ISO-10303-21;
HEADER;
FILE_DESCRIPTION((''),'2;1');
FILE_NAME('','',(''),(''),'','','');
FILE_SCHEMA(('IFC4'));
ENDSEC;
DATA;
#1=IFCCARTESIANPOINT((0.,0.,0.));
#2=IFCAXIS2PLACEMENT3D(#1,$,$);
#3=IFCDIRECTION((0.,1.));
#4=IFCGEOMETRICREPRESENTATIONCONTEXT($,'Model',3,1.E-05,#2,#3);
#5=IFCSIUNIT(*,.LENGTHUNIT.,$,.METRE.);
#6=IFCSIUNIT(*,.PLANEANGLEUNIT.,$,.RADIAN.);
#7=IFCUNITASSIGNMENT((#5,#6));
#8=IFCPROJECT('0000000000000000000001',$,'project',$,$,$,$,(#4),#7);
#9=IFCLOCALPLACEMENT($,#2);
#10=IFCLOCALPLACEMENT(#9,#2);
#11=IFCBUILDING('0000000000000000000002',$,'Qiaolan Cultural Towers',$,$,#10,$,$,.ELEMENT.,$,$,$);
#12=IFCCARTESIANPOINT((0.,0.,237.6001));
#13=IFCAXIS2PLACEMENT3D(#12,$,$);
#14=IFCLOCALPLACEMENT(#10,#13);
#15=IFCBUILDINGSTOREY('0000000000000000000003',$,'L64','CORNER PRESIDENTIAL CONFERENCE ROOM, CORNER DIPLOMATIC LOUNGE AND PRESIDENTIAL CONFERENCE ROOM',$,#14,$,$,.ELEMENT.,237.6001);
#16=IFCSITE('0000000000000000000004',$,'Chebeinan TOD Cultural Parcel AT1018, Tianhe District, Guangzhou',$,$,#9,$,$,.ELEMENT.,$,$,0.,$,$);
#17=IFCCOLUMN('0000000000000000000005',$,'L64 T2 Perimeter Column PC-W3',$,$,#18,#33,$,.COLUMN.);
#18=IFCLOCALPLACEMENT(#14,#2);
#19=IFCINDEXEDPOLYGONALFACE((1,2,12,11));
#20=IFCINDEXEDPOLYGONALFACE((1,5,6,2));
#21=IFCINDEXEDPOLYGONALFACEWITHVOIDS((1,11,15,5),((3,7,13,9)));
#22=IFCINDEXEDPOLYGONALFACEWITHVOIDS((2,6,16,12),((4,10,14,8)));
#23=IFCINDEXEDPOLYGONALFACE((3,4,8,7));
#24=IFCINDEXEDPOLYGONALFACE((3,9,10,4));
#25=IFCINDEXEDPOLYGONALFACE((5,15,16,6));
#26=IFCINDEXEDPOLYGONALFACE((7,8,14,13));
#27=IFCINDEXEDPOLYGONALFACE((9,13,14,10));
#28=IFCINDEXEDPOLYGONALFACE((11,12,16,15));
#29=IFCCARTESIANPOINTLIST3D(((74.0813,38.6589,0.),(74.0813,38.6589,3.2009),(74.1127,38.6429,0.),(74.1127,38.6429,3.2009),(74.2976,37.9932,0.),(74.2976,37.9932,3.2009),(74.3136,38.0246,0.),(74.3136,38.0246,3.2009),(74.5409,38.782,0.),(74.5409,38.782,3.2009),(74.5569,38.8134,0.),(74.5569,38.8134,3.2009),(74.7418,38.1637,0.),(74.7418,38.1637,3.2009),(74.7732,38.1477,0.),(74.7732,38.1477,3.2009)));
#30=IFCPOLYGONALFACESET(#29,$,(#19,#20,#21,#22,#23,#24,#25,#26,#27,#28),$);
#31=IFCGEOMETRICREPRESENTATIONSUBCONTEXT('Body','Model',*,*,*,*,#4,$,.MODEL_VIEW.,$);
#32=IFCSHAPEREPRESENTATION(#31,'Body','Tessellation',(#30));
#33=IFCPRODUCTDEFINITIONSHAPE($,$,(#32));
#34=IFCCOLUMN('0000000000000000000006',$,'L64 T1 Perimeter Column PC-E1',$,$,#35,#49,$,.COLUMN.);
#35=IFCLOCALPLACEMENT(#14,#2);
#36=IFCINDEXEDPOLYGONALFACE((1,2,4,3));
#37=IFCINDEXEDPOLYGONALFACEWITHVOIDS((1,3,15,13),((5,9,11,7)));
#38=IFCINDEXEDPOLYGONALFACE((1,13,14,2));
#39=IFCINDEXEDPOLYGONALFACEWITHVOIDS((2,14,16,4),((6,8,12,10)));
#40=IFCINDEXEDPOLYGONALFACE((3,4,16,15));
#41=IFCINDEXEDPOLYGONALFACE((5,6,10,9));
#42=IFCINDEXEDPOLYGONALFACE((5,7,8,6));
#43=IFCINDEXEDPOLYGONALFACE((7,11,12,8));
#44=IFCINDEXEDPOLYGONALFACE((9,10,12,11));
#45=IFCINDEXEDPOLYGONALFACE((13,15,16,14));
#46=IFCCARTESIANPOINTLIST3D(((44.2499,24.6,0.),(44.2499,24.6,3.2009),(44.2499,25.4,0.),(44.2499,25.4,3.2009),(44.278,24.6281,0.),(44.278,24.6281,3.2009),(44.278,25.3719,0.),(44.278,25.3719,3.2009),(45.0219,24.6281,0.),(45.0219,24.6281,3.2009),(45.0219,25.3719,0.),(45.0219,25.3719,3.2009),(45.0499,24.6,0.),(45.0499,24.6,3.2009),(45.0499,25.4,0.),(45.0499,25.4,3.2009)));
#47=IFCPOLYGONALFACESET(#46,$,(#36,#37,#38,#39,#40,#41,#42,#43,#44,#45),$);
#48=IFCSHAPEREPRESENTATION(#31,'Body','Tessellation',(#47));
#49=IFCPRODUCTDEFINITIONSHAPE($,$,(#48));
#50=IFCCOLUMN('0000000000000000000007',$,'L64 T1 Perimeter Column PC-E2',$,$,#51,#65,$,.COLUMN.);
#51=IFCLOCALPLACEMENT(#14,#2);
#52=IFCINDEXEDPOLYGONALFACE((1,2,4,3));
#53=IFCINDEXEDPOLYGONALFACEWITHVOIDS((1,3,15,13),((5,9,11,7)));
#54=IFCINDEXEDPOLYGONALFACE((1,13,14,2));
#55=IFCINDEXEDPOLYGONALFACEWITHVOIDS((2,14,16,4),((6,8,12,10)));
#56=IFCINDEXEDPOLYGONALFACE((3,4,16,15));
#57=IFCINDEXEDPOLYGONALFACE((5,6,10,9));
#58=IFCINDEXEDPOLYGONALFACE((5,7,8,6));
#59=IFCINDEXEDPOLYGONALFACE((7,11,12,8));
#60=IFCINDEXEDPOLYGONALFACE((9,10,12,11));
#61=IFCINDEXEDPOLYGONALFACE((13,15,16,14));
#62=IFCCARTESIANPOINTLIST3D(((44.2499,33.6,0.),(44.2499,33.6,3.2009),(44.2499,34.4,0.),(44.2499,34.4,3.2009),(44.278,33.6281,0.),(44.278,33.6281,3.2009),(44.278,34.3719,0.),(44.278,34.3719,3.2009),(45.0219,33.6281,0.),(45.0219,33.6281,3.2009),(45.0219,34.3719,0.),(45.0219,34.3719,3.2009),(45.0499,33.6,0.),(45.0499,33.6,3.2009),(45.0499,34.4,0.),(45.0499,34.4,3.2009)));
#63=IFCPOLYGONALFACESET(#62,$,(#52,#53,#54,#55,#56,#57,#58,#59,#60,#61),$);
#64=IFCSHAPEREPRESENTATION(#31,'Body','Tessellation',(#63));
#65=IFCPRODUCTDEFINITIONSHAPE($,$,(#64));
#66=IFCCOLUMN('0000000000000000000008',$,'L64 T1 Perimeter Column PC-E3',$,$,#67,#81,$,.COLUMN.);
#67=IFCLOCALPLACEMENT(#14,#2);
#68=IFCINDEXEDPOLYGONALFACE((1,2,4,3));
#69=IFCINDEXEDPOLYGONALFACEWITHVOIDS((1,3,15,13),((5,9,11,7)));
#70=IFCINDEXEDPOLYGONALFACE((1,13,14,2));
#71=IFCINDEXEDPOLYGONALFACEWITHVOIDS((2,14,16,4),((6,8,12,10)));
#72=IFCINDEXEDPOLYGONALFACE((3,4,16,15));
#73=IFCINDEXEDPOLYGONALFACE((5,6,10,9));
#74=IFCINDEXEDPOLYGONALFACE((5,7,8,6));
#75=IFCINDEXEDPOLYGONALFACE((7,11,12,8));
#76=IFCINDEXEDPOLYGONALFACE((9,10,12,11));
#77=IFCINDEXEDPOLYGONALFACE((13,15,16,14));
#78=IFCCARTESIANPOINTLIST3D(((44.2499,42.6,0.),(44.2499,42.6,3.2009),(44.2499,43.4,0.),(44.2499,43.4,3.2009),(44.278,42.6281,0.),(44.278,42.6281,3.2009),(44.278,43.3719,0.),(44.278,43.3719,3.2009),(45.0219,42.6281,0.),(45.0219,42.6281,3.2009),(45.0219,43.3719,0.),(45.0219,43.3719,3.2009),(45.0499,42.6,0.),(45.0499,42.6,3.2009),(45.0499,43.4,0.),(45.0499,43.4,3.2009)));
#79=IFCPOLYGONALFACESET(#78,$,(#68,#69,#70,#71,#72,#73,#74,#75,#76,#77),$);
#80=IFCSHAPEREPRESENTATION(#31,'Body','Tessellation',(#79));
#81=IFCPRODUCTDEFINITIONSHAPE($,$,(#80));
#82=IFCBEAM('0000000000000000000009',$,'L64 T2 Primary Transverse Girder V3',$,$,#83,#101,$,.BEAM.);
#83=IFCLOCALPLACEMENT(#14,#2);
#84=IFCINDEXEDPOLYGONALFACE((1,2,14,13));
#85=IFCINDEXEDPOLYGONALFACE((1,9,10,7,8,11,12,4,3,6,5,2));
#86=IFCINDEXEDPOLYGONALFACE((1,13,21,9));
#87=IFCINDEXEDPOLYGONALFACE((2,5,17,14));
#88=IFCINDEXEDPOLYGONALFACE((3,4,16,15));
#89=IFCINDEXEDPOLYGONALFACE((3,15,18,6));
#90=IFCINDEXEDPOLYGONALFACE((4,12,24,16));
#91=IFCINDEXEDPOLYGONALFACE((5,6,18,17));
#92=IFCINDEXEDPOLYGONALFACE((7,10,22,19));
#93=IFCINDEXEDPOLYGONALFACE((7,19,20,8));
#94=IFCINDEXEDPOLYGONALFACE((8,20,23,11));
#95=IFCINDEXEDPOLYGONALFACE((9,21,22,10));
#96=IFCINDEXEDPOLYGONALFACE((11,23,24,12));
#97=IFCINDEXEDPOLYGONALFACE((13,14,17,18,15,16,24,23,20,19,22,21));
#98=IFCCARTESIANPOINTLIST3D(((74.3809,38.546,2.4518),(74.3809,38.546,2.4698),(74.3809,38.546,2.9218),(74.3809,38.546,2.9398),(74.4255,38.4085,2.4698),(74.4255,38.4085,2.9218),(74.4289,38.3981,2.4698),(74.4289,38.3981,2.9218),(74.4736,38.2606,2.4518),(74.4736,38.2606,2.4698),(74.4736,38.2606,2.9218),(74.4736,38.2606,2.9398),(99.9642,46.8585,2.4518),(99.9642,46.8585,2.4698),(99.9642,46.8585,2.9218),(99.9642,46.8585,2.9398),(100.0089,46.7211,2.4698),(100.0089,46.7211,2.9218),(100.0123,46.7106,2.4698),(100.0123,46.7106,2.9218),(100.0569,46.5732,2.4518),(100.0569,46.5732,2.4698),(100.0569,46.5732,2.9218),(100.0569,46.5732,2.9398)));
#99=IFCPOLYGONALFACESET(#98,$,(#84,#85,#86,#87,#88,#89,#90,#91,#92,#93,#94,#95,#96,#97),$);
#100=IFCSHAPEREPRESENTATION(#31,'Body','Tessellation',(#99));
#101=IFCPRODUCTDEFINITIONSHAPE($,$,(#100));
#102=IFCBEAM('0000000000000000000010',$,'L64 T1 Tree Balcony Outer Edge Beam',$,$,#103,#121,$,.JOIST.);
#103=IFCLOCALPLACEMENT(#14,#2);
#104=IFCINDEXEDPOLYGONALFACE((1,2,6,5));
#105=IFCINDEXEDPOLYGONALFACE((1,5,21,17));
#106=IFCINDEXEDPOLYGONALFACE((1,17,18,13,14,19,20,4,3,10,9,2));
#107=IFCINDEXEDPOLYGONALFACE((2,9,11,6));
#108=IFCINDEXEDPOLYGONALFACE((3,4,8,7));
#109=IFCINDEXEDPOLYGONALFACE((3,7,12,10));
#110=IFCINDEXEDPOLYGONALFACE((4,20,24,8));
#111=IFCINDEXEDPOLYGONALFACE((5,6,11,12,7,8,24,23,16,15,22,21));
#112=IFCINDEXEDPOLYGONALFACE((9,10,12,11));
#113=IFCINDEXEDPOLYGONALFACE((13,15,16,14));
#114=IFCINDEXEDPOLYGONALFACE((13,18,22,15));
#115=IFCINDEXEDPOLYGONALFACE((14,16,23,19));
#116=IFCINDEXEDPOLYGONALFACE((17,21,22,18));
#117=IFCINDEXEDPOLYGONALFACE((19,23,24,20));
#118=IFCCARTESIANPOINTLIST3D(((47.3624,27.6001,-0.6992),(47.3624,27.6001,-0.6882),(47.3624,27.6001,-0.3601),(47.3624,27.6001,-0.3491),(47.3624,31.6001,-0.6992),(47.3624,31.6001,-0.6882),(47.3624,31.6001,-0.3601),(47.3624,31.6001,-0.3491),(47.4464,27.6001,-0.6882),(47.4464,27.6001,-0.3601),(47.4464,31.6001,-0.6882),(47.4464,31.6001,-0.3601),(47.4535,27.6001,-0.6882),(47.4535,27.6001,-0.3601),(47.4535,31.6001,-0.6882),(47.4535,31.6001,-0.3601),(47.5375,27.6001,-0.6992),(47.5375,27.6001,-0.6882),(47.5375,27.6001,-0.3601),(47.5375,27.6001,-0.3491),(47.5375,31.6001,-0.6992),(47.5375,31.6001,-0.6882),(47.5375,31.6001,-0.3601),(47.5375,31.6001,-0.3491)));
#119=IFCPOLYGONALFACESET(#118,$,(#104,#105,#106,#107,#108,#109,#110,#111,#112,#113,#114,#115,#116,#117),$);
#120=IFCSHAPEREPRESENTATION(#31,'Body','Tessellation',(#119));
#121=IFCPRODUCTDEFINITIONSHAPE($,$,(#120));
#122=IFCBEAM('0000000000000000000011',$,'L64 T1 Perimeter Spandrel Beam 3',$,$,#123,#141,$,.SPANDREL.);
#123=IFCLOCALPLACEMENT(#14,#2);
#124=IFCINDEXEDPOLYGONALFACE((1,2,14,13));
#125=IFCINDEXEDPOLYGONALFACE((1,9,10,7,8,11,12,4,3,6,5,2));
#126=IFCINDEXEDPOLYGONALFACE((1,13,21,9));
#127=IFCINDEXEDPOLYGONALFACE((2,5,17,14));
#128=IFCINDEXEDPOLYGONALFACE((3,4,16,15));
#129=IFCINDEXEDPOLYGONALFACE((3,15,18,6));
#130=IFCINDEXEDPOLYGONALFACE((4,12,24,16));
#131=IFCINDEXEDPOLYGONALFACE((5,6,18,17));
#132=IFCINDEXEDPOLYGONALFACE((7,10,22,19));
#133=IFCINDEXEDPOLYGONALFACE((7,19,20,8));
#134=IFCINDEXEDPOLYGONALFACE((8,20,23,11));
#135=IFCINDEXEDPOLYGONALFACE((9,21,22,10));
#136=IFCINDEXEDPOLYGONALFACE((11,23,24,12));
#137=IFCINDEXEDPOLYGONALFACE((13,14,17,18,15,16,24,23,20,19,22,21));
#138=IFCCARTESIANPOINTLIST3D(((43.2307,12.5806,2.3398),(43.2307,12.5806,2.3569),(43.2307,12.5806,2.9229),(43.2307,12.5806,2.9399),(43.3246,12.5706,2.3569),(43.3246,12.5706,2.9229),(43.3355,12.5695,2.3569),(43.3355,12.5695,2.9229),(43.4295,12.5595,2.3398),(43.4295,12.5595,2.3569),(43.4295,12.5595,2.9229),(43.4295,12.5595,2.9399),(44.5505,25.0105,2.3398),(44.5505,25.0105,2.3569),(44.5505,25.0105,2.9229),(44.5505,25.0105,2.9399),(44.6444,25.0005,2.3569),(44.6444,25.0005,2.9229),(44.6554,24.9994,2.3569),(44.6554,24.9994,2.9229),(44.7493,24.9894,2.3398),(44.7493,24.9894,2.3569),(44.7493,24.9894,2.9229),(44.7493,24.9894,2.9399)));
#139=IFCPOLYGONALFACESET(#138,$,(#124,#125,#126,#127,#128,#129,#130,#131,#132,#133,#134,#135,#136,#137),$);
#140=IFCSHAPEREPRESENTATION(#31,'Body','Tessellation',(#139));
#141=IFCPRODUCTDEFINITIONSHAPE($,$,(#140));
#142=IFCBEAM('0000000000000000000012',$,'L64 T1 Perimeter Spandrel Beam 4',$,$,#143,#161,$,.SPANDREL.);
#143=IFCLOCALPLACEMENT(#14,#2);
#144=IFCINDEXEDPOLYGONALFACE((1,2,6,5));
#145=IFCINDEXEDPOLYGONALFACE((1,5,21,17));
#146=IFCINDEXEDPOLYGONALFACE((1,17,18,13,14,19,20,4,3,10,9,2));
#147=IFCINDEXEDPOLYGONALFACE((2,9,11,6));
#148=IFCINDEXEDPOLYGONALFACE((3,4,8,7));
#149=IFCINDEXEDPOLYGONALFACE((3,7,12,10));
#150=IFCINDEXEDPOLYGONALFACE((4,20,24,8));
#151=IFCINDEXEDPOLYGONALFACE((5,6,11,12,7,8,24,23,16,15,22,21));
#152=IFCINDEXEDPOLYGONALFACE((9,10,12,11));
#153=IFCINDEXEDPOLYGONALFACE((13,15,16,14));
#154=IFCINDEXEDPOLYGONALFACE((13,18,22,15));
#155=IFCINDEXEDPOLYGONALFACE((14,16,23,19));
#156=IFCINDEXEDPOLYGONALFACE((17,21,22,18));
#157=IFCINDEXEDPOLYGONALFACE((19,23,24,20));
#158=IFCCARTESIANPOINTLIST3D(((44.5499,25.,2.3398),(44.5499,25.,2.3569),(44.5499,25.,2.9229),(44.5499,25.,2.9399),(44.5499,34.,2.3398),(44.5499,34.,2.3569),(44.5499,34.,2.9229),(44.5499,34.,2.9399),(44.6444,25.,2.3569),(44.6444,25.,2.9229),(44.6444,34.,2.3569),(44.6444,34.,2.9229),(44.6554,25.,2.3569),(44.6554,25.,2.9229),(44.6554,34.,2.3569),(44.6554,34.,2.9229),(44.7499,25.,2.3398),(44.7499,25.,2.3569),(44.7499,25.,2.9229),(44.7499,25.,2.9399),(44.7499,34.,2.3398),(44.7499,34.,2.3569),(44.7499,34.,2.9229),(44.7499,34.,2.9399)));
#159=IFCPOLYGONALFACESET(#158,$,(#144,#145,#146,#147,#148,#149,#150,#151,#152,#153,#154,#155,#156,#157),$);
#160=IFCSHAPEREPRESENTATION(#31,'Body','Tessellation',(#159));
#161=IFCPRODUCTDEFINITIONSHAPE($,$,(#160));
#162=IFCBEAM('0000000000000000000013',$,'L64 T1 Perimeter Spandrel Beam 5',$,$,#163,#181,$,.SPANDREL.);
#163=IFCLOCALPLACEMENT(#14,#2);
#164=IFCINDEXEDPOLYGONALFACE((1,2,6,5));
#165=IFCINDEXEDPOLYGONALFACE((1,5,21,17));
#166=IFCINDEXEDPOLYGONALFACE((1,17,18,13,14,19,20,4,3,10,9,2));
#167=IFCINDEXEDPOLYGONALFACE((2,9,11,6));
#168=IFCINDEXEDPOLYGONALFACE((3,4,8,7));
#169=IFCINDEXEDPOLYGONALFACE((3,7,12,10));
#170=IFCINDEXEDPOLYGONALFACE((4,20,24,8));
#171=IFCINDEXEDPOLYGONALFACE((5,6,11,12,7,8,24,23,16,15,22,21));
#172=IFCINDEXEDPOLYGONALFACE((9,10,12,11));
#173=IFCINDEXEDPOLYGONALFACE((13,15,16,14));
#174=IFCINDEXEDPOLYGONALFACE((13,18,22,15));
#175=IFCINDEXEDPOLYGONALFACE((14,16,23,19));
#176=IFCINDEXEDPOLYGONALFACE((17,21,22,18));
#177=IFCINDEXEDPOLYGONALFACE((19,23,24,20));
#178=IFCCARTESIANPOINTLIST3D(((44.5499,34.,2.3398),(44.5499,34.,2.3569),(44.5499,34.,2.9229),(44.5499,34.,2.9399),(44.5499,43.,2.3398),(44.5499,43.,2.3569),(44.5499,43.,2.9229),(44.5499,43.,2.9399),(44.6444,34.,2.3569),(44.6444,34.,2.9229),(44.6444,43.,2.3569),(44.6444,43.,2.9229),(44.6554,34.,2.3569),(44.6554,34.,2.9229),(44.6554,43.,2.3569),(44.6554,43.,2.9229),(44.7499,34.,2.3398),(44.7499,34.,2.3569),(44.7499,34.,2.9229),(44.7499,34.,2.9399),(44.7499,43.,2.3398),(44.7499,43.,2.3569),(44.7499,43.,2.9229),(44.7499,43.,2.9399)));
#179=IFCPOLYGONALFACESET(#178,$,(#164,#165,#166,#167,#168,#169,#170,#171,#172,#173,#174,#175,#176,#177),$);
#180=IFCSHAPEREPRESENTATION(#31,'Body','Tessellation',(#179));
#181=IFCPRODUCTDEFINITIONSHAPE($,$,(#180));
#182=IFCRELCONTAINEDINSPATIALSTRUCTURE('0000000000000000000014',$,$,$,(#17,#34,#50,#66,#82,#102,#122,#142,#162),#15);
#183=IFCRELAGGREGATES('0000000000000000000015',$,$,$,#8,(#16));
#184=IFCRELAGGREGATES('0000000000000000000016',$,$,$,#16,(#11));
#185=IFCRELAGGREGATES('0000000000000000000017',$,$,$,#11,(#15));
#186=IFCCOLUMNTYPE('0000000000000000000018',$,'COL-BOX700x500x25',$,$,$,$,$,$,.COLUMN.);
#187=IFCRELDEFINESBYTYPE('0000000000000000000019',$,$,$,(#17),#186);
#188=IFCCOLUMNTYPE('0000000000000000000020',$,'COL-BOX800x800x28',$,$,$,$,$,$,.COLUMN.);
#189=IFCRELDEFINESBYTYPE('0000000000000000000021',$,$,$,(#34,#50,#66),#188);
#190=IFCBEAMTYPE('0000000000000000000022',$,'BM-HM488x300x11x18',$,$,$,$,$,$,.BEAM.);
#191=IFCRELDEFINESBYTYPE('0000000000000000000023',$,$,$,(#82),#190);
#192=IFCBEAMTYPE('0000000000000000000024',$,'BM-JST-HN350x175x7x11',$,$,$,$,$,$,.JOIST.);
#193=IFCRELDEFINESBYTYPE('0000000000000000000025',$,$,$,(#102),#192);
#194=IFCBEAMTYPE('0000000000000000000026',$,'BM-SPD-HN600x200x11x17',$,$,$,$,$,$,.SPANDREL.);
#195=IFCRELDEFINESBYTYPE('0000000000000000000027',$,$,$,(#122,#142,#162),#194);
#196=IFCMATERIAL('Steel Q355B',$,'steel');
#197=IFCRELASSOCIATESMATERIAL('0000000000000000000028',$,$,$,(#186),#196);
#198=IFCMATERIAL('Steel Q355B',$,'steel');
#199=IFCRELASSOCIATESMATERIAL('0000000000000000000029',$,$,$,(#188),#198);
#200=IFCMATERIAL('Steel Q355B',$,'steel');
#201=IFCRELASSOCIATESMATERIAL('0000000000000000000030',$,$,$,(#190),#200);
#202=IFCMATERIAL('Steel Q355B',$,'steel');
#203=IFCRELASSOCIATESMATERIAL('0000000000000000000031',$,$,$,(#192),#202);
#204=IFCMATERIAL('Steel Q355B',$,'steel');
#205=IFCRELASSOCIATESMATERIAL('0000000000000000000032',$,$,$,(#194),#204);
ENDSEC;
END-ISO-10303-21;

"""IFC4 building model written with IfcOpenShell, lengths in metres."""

from ifc_helpers import new_model, si_unit, direction, frame, origin, origin_2d, place, context, subcontext, project, spatial, hollow_rectangle, i_section, extrude, material, material_profile, profile_set, type_object, element, save


model = new_model("IFC4")

# Units and contexts
model_context = context("Model", 3, precision=1e-05, world=origin(), true_north=direction((0.0, 1.0)))
body_context = subcontext(model_context, "Body", "Model", "MODEL_VIEW")
ifc_project = project(units=[si_unit("LENGTHUNIT", "METRE"), si_unit("PLANEANGLEUNIT", "RADIAN")], contexts=[model_context])

# Site, building, storey
site_placement = place(None, origin())
site = spatial("IfcSite", under=ifc_project, at=site_placement, Name="Chebeinan TOD Cultural Parcel AT1018, Tianhe District, Guangzhou", CompositionType="ELEMENT", RefElevation=0.0)
building_placement = place(site_placement, origin())
building = spatial("IfcBuilding", under=site, at=building_placement, Name="Qiaolan Cultural Towers", CompositionType="ELEMENT")
storey_placement = place(building_placement, frame((0.0, 0.0, 237.6001)))
storey = spatial("IfcBuildingStorey", under=building, at=storey_placement, Name="L64", Description="CORNER PRESIDENTIAL CONFERENCE ROOM, CORNER DIPLOMATIC LOUNGE AND PRESIDENTIAL CONFERENCE ROOM", CompositionType="ELEMENT", Elevation=237.6001)

# Columns
ifc_material_1 = material(Name="Steel Q355B", Category="steel")
ifc_material_profile_1 = material_profile(ifc_material_1, hollow_rectangle(XDim=0.5, YDim=0.7, WallThickness=0.0249, at=origin_2d()), Name="BOX700x500x25")
ifc_profile_set_1 = profile_set([ifc_material_profile_1], Name="Steel Q355B")
column_type_1 = type_object("IfcColumnType", Name="COL-BOX700x500x25", PredefinedType="COLUMN", material=ifc_profile_set_1)
column_placement = place(storey_placement, frame((74.4272, 38.4033, 0.0), z_axis=(0.0, 0.0, 1.0), x_axis=(0.951057, 0.309017, 0.0)))
element("IfcColumn", 1, at=column_placement, inside=storey, type_object=column_type_1, Name="L64 T2 Perimeter Column PC-W3", PredefinedType="COLUMN", context=body_context, shape_type="SweptSolid", body=[
    extrude(hollow_rectangle(XDim=0.5, YDim=0.7, WallThickness=0.0249, at=origin_2d()), origin(), (0.0, 0.0, 1.0), 3.2009),
])
ifc_material_2 = material(Name="Steel Q355B", Category="steel")
ifc_material_profile_2 = material_profile(ifc_material_2, hollow_rectangle(XDim=0.8, YDim=0.8, WallThickness=0.0281, at=origin_2d()), Name="BOX800x800x28")
ifc_profile_set_2 = profile_set([ifc_material_profile_2], Name="Steel Q355B")
column_type_2 = type_object("IfcColumnType", Name="COL-BOX800x800x28", PredefinedType="COLUMN", material=ifc_profile_set_2)
for number, where, z_axis, x_axis, name in (
    (2, (44.6499, 25.0, 0.0), (0.0, 0.0, 1.0), (1.0, 0.0, 0.0), "L64 T1 Perimeter Column PC-E1"),
    (3, (44.6499, 34.0, 0.0), (0.0, 0.0, 1.0), (1.0, 0.0, 0.0), "L64 T1 Perimeter Column PC-E2"),
    (4, (44.6499, 43.0, 0.0), (0.0, 0.0, 1.0), (1.0, 0.0, 0.0), "L64 T1 Perimeter Column PC-E3"),
):
    element("IfcColumn", number, at=place(storey_placement, frame(where, z_axis=z_axis, x_axis=x_axis)), inside=storey, type_object=column_type_2, Name=name, PredefinedType="COLUMN", context=body_context, shape_type="SweptSolid", body=[
        extrude(hollow_rectangle(XDim=0.8, YDim=0.8, WallThickness=0.0281, at=origin_2d()), origin(), (0.0, 0.0, 1.0), 3.2009),
    ])

# Beams
ifc_material_3 = material(Name="Steel Q355B", Category="steel")
ifc_material_profile_3 = material_profile(ifc_material_3, i_section(OverallWidth=0.3, OverallDepth=0.488, WebThickness=0.011, FlangeThickness=0.0181, at=origin_2d()), Name="HM488x300x11x18")
ifc_profile_set_3 = profile_set([ifc_material_profile_3], Name="Steel Q355B")
beam_type_1 = type_object("IfcBeamType", Name="BM-HM488x300x11x18", PredefinedType="BEAM", material=ifc_profile_set_3)
beam_1_placement = place(storey_placement, frame((74.4272, 38.4033, 2.6958), z_axis=(0.951057, 0.309017, 0.0), x_axis=(-0.309017, 0.951057, 0.0)))
element("IfcBeam", 5, at=beam_1_placement, inside=storey, type_object=beam_type_1, Name="L64 T2 Primary Transverse Girder V3", PredefinedType="BEAM", context=body_context, shape_type="SweptSolid", body=[
    extrude(i_section(OverallWidth=0.3, OverallDepth=0.488, WebThickness=0.011, FlangeThickness=0.0181, at=origin_2d()), origin(), (0.0, 0.0, 1.0), 26.8999),
])
ifc_material_4 = material(Name="Steel Q355B", Category="steel")
ifc_material_profile_4 = material_profile(ifc_material_4, i_section(OverallWidth=0.175, OverallDepth=0.3501, WebThickness=0.0071, FlangeThickness=0.011, at=origin_2d()), Name="HN350x175x7x11")
ifc_profile_set_4 = profile_set([ifc_material_profile_4], Name="Steel Q355B")
beam_type_2 = type_object("IfcBeamType", Name="BM-JST-HN350x175x7x11", PredefinedType="JOIST", material=ifc_profile_set_4)
beam_2_placement = place(storey_placement, frame((47.45, 27.6001, -0.5242), z_axis=(0.0, 1.0, 0.0), x_axis=(-1.0, 0.0, 0.0)))
element("IfcBeam", 6, at=beam_2_placement, inside=storey, type_object=beam_type_2, Name="L64 T1 Tree Balcony Outer Edge Beam", PredefinedType="JOIST", context=body_context, shape_type="SweptSolid", body=[
    extrude(i_section(OverallWidth=0.175, OverallDepth=0.3501, WebThickness=0.0071, FlangeThickness=0.011, at=origin_2d()), origin(), (0.0, 0.0, 1.0), 4.0),
])
ifc_material_5 = material(Name="Steel Q355B", Category="steel")
ifc_material_profile_5 = material_profile(ifc_material_5, i_section(OverallWidth=0.2, OverallDepth=0.6001, WebThickness=0.011, FlangeThickness=0.0171, at=origin_2d()), Name="HN600x200x11x17")
ifc_profile_set_5 = profile_set([ifc_material_profile_5], Name="Steel Q355B")
beam_type_3 = type_object("IfcBeamType", Name="BM-SPD-HN600x200x11x17", PredefinedType="SPANDREL", material=ifc_profile_set_5)
beam_3_placement = place(storey_placement, frame((43.3301, 12.5701, 2.6399), z_axis=(0.105588, 0.99441, 0.0), x_axis=(-0.99441, 0.105588, 0.0)))
element("IfcBeam", 7, at=beam_3_placement, inside=storey, type_object=beam_type_3, Name="L64 T1 Perimeter Spandrel Beam 3", PredefinedType="SPANDREL", context=body_context, shape_type="SweptSolid", body=[
    extrude(i_section(OverallWidth=0.2, OverallDepth=0.6001, WebThickness=0.011, FlangeThickness=0.0171, at=origin_2d()), origin(), (0.0, 0.0, 1.0), 12.4998),
])
for number, where, z_axis, x_axis, name in (
    (8, (44.6499, 25.0, 2.6399), (0.0, 1.0, 0.0), (-1.0, 0.0, 0.0), "L64 T1 Perimeter Spandrel Beam 4"),
    (9, (44.6499, 34.0, 2.6399), (0.0, 1.0, 0.0), (-1.0, 0.0, 0.0), "L64 T1 Perimeter Spandrel Beam 5"),
):
    element("IfcBeam", number, at=place(storey_placement, frame(where, z_axis=z_axis, x_axis=x_axis)), inside=storey, type_object=beam_type_3, Name=name, PredefinedType="SPANDREL", context=body_context, shape_type="SweptSolid", body=[
        extrude(i_section(OverallWidth=0.2, OverallDepth=0.6001, WebThickness=0.011, FlangeThickness=0.0171, at=origin_2d()), origin(), (0.0, 0.0, 1.0), 9.0),
    ])

save(model, "model.ifc")
